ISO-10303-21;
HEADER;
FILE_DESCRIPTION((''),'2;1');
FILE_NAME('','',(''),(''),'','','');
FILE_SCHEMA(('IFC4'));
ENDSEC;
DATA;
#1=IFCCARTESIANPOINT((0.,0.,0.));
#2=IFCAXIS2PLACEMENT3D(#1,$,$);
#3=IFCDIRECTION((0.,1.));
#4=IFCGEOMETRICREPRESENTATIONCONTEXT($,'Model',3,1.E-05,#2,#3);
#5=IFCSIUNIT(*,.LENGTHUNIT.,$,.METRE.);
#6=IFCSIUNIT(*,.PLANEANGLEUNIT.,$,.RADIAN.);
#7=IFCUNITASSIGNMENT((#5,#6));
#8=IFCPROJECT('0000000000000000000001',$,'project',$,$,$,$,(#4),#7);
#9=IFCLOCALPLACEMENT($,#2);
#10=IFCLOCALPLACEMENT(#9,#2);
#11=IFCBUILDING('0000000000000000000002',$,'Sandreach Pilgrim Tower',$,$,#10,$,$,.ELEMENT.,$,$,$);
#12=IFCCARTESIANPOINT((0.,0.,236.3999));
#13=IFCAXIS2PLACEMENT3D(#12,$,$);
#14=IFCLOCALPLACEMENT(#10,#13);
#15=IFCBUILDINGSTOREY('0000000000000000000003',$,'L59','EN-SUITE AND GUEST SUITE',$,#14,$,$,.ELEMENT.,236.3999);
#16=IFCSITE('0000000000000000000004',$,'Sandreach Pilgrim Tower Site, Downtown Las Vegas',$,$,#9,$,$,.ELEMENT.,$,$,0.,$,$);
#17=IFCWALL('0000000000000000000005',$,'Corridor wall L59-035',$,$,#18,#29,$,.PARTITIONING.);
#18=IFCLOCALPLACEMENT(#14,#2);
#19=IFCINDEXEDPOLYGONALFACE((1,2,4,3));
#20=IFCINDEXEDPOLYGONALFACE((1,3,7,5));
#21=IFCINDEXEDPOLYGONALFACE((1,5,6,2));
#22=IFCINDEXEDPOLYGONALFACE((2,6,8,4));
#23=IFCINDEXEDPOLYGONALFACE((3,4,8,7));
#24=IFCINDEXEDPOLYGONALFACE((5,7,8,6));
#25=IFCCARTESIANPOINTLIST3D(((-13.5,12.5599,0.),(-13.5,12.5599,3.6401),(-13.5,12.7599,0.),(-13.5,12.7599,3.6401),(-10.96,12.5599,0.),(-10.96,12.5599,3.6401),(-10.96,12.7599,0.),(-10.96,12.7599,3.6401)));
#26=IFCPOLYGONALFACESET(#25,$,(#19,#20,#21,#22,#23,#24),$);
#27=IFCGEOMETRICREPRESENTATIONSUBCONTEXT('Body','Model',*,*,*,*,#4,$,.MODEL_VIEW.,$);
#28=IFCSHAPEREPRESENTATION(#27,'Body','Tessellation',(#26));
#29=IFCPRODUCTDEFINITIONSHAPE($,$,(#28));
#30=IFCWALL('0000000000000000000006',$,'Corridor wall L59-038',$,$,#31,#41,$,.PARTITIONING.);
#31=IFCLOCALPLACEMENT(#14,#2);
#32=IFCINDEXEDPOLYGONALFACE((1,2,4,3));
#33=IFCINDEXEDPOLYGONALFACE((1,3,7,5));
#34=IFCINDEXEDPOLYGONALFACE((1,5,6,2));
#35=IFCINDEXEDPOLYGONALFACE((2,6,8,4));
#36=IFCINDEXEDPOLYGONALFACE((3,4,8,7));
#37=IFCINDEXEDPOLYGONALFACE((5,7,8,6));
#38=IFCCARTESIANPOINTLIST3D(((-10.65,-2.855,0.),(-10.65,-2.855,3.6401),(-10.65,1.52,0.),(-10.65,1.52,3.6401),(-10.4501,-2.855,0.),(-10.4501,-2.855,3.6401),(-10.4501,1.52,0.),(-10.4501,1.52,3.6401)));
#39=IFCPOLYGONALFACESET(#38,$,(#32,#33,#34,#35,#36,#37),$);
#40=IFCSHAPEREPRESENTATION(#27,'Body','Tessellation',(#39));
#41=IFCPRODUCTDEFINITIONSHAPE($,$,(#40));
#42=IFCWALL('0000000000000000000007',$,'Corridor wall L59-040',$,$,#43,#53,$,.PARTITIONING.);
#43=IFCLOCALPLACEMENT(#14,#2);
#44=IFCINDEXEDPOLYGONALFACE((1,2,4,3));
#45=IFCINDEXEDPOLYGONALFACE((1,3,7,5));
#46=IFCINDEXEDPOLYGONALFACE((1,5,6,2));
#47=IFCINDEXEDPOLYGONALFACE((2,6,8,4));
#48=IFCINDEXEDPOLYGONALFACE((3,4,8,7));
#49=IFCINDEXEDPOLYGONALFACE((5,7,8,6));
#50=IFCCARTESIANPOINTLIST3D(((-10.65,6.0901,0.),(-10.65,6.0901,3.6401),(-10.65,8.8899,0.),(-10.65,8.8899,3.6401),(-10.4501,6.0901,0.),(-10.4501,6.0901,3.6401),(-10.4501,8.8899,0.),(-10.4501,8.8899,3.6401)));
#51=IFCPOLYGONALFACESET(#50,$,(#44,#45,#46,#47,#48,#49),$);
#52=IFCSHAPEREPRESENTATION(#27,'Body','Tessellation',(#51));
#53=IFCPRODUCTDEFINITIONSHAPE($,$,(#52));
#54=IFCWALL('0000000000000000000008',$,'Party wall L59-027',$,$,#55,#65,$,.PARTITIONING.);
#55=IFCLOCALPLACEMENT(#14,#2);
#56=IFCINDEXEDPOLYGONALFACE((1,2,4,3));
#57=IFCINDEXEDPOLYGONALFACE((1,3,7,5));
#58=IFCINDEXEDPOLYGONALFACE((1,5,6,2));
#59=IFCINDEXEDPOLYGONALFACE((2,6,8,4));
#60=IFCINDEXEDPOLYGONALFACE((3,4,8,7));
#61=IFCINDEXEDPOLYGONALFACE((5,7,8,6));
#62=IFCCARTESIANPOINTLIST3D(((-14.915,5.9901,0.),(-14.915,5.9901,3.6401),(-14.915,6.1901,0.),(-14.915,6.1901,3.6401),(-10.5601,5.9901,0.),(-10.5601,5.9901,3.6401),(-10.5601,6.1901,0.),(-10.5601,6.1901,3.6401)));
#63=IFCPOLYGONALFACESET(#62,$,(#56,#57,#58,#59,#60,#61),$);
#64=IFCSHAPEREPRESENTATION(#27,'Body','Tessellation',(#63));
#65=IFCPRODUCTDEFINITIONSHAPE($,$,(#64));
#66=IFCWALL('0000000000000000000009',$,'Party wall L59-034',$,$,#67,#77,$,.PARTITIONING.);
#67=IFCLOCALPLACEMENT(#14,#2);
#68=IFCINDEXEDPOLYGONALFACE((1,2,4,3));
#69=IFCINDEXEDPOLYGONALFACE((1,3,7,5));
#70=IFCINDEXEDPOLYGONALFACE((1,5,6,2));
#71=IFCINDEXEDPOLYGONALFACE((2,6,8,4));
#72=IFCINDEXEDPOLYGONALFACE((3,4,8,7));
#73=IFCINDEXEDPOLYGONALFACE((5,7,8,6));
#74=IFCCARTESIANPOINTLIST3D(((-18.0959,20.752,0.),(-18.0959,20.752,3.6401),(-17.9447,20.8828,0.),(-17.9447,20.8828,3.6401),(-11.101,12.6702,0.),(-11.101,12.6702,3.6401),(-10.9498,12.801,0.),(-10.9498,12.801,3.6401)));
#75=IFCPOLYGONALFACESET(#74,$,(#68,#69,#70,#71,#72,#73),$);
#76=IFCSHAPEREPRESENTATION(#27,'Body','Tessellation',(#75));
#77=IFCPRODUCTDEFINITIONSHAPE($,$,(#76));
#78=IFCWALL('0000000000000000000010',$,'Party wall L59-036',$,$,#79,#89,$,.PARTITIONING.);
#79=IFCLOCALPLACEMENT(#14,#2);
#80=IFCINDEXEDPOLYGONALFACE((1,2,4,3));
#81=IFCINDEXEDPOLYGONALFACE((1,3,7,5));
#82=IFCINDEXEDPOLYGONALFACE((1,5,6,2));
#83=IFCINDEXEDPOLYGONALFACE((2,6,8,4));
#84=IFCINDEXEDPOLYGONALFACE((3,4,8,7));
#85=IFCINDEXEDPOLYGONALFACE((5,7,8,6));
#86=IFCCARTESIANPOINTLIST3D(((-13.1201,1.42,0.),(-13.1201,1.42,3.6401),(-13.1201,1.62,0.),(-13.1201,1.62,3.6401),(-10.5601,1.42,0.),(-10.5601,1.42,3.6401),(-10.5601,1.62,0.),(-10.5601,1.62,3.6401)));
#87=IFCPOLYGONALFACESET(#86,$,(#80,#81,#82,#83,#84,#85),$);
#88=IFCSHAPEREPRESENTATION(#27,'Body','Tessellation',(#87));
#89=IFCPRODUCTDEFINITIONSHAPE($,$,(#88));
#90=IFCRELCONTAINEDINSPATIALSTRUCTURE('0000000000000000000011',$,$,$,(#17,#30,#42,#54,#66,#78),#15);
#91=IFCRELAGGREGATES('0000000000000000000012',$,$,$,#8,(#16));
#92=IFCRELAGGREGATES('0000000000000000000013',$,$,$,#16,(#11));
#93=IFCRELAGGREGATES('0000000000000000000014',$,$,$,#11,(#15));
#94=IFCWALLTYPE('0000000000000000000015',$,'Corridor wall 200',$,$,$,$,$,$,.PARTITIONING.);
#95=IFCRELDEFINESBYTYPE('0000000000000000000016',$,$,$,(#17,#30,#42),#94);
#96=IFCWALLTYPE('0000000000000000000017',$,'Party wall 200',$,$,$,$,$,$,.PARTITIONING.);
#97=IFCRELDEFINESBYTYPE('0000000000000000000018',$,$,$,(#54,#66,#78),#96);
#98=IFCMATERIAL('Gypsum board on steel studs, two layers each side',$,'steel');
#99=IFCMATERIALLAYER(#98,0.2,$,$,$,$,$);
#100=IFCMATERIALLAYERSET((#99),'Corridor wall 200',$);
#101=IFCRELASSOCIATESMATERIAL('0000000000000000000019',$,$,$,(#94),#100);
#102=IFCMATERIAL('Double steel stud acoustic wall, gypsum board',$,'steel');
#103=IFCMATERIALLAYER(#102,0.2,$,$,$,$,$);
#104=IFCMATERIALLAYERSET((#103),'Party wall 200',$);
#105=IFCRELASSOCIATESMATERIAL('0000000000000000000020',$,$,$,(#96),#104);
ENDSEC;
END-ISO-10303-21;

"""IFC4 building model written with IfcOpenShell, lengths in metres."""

from ifc_helpers import new_model, si_unit, direction, frame, frame_2d, origin, place, context, subcontext, project, spatial, rectangle, extrude, material, layer, layer_set, type_object, element, save


model = new_model("IFC4")

# Units and contexts
model_context = context("Model", 3, precision=1e-05, world=origin(), true_north=direction((0.0, 1.0)))
body_context = subcontext(model_context, "Body", "Model", "MODEL_VIEW")
ifc_project = project(units=[si_unit("LENGTHUNIT", "METRE"), si_unit("PLANEANGLEUNIT", "RADIAN")], contexts=[model_context])

# Site, building, storey
site_placement = place(None, origin())
site = spatial("IfcSite", under=ifc_project, at=site_placement, Name="Sandreach Pilgrim Tower Site, Downtown Las Vegas", CompositionType="ELEMENT", RefElevation=0.0)
building_placement = place(site_placement, origin())
building = spatial("IfcBuilding", under=site, at=building_placement, Name="Sandreach Pilgrim Tower", CompositionType="ELEMENT")
storey_placement = place(building_placement, frame((0.0, 0.0, 236.3999)))
storey = spatial("IfcBuildingStorey", under=building, at=storey_placement, Name="L59", Description="EN-SUITE AND GUEST SUITE", CompositionType="ELEMENT", Elevation=236.3999)

# Shared definitions
ifc_material_1 = material(Name="Gypsum board on steel studs, two layers each side", Category="steel")
ifc_layer_1 = layer(ifc_material_1, 0.2)
ifc_layer_set_1 = layer_set([ifc_layer_1], Name="Corridor wall 200")
wall_type_1 = type_object("IfcWallType", Name="Corridor wall 200", PredefinedType="PARTITIONING", material=ifc_layer_set_1)

# Walls
wall_1_placement = place(storey_placement, frame((-10.96, 12.6599, 0.0), z_axis=(0.0, 0.0, 1.0), x_axis=(-1.0, 0.0, 0.0)))
element("IfcWall", 1, at=wall_1_placement, inside=storey, type_object=wall_type_1, Name="Corridor wall L59-035", PredefinedType="PARTITIONING", context=body_context, shape_type="SweptSolid", body=[
    extrude(rectangle(XDim=2.54, YDim=0.2, at=frame_2d((1.27, 0.0))), origin(), (0.0, 0.0, 1.0), 3.6401),
])
wall_2_placement = place(storey_placement, frame((-10.55, 1.52, 0.0), z_axis=(0.0, 0.0, 1.0), x_axis=(0.0, -1.0, 0.0)))
element("IfcWall", 2, at=wall_2_placement, inside=storey, type_object=wall_type_1, Name="Corridor wall L59-038", PredefinedType="PARTITIONING", context=body_context, shape_type="SweptSolid", body=[
    extrude(rectangle(XDim=4.375, YDim=0.2, at=frame_2d((2.1875, 0.0))), origin(), (0.0, 0.0, 1.0), 3.6401),
])

# Wall
wall_3_placement = place(storey_placement, frame((-10.55, 8.8899, 0.0), z_axis=(0.0, 0.0, 1.0), x_axis=(0.0, -1.0, 0.0)))
element("IfcWall", 3, at=wall_3_placement, inside=storey, type_object=wall_type_1, Name="Corridor wall L59-040", PredefinedType="PARTITIONING", context=body_context, shape_type="SweptSolid", body=[
    extrude(rectangle(XDim=2.7998, YDim=0.2, at=frame_2d((1.3999, 0.0))), origin(), (0.0, 0.0, 1.0), 3.6401),
])

# Walls
ifc_material_2 = material(Name="Double steel stud acoustic wall, gypsum board", Category="steel")
ifc_layer_2 = layer(ifc_material_2, 0.2)
ifc_layer_set_2 = layer_set([ifc_layer_2], Name="Party wall 200")
wall_type_2 = type_object("IfcWallType", Name="Party wall 200", PredefinedType="PARTITIONING", material=ifc_layer_set_2)
wall_4_placement = place(storey_placement, frame((-14.915, 6.0901, 0.0), z_axis=(0.0, 0.0, 1.0), x_axis=(1.0, 0.0, 0.0)))
element("IfcWall", 4, at=wall_4_placement, inside=storey, type_object=wall_type_2, Name="Party wall L59-027", PredefinedType="PARTITIONING", context=body_context, shape_type="SweptSolid", body=[
    extrude(rectangle(XDim=4.355, YDim=0.2, at=frame_2d((2.1775, 0.0))), origin(), (0.0, 0.0, 1.0), 3.6401),
])
wall_5_placement = place(storey_placement, frame((-11.0254, 12.7356, 0.0), z_axis=(0.0, 0.0, 1.0), x_axis=(-0.654431, 0.756122, 0.0)))
element("IfcWall", 5, at=wall_5_placement, inside=storey, type_object=wall_type_2, Name="Party wall L59-034", PredefinedType="PARTITIONING", context=body_context, shape_type="SweptSolid", body=[
    extrude(rectangle(XDim=10.6885, YDim=0.2, at=frame_2d((5.3442, 0.0))), origin(), (0.0, 0.0, 1.0), 3.6401),
])
wall_6_placement = place(storey_placement, frame((-10.5601, 1.52, 0.0), z_axis=(0.0, 0.0, 1.0), x_axis=(-1.0, 0.0, 0.0)))
element("IfcWall", 6, at=wall_6_placement, inside=storey, type_object=wall_type_2, Name="Party wall L59-036", PredefinedType="PARTITIONING", context=body_context, shape_type="SweptSolid", body=[
    extrude(rectangle(XDim=2.5601, YDim=0.2, at=frame_2d((1.28, 0.0))), origin(), (0.0, 0.0, 1.0), 3.6401),
])

save(model, "model.ifc")
